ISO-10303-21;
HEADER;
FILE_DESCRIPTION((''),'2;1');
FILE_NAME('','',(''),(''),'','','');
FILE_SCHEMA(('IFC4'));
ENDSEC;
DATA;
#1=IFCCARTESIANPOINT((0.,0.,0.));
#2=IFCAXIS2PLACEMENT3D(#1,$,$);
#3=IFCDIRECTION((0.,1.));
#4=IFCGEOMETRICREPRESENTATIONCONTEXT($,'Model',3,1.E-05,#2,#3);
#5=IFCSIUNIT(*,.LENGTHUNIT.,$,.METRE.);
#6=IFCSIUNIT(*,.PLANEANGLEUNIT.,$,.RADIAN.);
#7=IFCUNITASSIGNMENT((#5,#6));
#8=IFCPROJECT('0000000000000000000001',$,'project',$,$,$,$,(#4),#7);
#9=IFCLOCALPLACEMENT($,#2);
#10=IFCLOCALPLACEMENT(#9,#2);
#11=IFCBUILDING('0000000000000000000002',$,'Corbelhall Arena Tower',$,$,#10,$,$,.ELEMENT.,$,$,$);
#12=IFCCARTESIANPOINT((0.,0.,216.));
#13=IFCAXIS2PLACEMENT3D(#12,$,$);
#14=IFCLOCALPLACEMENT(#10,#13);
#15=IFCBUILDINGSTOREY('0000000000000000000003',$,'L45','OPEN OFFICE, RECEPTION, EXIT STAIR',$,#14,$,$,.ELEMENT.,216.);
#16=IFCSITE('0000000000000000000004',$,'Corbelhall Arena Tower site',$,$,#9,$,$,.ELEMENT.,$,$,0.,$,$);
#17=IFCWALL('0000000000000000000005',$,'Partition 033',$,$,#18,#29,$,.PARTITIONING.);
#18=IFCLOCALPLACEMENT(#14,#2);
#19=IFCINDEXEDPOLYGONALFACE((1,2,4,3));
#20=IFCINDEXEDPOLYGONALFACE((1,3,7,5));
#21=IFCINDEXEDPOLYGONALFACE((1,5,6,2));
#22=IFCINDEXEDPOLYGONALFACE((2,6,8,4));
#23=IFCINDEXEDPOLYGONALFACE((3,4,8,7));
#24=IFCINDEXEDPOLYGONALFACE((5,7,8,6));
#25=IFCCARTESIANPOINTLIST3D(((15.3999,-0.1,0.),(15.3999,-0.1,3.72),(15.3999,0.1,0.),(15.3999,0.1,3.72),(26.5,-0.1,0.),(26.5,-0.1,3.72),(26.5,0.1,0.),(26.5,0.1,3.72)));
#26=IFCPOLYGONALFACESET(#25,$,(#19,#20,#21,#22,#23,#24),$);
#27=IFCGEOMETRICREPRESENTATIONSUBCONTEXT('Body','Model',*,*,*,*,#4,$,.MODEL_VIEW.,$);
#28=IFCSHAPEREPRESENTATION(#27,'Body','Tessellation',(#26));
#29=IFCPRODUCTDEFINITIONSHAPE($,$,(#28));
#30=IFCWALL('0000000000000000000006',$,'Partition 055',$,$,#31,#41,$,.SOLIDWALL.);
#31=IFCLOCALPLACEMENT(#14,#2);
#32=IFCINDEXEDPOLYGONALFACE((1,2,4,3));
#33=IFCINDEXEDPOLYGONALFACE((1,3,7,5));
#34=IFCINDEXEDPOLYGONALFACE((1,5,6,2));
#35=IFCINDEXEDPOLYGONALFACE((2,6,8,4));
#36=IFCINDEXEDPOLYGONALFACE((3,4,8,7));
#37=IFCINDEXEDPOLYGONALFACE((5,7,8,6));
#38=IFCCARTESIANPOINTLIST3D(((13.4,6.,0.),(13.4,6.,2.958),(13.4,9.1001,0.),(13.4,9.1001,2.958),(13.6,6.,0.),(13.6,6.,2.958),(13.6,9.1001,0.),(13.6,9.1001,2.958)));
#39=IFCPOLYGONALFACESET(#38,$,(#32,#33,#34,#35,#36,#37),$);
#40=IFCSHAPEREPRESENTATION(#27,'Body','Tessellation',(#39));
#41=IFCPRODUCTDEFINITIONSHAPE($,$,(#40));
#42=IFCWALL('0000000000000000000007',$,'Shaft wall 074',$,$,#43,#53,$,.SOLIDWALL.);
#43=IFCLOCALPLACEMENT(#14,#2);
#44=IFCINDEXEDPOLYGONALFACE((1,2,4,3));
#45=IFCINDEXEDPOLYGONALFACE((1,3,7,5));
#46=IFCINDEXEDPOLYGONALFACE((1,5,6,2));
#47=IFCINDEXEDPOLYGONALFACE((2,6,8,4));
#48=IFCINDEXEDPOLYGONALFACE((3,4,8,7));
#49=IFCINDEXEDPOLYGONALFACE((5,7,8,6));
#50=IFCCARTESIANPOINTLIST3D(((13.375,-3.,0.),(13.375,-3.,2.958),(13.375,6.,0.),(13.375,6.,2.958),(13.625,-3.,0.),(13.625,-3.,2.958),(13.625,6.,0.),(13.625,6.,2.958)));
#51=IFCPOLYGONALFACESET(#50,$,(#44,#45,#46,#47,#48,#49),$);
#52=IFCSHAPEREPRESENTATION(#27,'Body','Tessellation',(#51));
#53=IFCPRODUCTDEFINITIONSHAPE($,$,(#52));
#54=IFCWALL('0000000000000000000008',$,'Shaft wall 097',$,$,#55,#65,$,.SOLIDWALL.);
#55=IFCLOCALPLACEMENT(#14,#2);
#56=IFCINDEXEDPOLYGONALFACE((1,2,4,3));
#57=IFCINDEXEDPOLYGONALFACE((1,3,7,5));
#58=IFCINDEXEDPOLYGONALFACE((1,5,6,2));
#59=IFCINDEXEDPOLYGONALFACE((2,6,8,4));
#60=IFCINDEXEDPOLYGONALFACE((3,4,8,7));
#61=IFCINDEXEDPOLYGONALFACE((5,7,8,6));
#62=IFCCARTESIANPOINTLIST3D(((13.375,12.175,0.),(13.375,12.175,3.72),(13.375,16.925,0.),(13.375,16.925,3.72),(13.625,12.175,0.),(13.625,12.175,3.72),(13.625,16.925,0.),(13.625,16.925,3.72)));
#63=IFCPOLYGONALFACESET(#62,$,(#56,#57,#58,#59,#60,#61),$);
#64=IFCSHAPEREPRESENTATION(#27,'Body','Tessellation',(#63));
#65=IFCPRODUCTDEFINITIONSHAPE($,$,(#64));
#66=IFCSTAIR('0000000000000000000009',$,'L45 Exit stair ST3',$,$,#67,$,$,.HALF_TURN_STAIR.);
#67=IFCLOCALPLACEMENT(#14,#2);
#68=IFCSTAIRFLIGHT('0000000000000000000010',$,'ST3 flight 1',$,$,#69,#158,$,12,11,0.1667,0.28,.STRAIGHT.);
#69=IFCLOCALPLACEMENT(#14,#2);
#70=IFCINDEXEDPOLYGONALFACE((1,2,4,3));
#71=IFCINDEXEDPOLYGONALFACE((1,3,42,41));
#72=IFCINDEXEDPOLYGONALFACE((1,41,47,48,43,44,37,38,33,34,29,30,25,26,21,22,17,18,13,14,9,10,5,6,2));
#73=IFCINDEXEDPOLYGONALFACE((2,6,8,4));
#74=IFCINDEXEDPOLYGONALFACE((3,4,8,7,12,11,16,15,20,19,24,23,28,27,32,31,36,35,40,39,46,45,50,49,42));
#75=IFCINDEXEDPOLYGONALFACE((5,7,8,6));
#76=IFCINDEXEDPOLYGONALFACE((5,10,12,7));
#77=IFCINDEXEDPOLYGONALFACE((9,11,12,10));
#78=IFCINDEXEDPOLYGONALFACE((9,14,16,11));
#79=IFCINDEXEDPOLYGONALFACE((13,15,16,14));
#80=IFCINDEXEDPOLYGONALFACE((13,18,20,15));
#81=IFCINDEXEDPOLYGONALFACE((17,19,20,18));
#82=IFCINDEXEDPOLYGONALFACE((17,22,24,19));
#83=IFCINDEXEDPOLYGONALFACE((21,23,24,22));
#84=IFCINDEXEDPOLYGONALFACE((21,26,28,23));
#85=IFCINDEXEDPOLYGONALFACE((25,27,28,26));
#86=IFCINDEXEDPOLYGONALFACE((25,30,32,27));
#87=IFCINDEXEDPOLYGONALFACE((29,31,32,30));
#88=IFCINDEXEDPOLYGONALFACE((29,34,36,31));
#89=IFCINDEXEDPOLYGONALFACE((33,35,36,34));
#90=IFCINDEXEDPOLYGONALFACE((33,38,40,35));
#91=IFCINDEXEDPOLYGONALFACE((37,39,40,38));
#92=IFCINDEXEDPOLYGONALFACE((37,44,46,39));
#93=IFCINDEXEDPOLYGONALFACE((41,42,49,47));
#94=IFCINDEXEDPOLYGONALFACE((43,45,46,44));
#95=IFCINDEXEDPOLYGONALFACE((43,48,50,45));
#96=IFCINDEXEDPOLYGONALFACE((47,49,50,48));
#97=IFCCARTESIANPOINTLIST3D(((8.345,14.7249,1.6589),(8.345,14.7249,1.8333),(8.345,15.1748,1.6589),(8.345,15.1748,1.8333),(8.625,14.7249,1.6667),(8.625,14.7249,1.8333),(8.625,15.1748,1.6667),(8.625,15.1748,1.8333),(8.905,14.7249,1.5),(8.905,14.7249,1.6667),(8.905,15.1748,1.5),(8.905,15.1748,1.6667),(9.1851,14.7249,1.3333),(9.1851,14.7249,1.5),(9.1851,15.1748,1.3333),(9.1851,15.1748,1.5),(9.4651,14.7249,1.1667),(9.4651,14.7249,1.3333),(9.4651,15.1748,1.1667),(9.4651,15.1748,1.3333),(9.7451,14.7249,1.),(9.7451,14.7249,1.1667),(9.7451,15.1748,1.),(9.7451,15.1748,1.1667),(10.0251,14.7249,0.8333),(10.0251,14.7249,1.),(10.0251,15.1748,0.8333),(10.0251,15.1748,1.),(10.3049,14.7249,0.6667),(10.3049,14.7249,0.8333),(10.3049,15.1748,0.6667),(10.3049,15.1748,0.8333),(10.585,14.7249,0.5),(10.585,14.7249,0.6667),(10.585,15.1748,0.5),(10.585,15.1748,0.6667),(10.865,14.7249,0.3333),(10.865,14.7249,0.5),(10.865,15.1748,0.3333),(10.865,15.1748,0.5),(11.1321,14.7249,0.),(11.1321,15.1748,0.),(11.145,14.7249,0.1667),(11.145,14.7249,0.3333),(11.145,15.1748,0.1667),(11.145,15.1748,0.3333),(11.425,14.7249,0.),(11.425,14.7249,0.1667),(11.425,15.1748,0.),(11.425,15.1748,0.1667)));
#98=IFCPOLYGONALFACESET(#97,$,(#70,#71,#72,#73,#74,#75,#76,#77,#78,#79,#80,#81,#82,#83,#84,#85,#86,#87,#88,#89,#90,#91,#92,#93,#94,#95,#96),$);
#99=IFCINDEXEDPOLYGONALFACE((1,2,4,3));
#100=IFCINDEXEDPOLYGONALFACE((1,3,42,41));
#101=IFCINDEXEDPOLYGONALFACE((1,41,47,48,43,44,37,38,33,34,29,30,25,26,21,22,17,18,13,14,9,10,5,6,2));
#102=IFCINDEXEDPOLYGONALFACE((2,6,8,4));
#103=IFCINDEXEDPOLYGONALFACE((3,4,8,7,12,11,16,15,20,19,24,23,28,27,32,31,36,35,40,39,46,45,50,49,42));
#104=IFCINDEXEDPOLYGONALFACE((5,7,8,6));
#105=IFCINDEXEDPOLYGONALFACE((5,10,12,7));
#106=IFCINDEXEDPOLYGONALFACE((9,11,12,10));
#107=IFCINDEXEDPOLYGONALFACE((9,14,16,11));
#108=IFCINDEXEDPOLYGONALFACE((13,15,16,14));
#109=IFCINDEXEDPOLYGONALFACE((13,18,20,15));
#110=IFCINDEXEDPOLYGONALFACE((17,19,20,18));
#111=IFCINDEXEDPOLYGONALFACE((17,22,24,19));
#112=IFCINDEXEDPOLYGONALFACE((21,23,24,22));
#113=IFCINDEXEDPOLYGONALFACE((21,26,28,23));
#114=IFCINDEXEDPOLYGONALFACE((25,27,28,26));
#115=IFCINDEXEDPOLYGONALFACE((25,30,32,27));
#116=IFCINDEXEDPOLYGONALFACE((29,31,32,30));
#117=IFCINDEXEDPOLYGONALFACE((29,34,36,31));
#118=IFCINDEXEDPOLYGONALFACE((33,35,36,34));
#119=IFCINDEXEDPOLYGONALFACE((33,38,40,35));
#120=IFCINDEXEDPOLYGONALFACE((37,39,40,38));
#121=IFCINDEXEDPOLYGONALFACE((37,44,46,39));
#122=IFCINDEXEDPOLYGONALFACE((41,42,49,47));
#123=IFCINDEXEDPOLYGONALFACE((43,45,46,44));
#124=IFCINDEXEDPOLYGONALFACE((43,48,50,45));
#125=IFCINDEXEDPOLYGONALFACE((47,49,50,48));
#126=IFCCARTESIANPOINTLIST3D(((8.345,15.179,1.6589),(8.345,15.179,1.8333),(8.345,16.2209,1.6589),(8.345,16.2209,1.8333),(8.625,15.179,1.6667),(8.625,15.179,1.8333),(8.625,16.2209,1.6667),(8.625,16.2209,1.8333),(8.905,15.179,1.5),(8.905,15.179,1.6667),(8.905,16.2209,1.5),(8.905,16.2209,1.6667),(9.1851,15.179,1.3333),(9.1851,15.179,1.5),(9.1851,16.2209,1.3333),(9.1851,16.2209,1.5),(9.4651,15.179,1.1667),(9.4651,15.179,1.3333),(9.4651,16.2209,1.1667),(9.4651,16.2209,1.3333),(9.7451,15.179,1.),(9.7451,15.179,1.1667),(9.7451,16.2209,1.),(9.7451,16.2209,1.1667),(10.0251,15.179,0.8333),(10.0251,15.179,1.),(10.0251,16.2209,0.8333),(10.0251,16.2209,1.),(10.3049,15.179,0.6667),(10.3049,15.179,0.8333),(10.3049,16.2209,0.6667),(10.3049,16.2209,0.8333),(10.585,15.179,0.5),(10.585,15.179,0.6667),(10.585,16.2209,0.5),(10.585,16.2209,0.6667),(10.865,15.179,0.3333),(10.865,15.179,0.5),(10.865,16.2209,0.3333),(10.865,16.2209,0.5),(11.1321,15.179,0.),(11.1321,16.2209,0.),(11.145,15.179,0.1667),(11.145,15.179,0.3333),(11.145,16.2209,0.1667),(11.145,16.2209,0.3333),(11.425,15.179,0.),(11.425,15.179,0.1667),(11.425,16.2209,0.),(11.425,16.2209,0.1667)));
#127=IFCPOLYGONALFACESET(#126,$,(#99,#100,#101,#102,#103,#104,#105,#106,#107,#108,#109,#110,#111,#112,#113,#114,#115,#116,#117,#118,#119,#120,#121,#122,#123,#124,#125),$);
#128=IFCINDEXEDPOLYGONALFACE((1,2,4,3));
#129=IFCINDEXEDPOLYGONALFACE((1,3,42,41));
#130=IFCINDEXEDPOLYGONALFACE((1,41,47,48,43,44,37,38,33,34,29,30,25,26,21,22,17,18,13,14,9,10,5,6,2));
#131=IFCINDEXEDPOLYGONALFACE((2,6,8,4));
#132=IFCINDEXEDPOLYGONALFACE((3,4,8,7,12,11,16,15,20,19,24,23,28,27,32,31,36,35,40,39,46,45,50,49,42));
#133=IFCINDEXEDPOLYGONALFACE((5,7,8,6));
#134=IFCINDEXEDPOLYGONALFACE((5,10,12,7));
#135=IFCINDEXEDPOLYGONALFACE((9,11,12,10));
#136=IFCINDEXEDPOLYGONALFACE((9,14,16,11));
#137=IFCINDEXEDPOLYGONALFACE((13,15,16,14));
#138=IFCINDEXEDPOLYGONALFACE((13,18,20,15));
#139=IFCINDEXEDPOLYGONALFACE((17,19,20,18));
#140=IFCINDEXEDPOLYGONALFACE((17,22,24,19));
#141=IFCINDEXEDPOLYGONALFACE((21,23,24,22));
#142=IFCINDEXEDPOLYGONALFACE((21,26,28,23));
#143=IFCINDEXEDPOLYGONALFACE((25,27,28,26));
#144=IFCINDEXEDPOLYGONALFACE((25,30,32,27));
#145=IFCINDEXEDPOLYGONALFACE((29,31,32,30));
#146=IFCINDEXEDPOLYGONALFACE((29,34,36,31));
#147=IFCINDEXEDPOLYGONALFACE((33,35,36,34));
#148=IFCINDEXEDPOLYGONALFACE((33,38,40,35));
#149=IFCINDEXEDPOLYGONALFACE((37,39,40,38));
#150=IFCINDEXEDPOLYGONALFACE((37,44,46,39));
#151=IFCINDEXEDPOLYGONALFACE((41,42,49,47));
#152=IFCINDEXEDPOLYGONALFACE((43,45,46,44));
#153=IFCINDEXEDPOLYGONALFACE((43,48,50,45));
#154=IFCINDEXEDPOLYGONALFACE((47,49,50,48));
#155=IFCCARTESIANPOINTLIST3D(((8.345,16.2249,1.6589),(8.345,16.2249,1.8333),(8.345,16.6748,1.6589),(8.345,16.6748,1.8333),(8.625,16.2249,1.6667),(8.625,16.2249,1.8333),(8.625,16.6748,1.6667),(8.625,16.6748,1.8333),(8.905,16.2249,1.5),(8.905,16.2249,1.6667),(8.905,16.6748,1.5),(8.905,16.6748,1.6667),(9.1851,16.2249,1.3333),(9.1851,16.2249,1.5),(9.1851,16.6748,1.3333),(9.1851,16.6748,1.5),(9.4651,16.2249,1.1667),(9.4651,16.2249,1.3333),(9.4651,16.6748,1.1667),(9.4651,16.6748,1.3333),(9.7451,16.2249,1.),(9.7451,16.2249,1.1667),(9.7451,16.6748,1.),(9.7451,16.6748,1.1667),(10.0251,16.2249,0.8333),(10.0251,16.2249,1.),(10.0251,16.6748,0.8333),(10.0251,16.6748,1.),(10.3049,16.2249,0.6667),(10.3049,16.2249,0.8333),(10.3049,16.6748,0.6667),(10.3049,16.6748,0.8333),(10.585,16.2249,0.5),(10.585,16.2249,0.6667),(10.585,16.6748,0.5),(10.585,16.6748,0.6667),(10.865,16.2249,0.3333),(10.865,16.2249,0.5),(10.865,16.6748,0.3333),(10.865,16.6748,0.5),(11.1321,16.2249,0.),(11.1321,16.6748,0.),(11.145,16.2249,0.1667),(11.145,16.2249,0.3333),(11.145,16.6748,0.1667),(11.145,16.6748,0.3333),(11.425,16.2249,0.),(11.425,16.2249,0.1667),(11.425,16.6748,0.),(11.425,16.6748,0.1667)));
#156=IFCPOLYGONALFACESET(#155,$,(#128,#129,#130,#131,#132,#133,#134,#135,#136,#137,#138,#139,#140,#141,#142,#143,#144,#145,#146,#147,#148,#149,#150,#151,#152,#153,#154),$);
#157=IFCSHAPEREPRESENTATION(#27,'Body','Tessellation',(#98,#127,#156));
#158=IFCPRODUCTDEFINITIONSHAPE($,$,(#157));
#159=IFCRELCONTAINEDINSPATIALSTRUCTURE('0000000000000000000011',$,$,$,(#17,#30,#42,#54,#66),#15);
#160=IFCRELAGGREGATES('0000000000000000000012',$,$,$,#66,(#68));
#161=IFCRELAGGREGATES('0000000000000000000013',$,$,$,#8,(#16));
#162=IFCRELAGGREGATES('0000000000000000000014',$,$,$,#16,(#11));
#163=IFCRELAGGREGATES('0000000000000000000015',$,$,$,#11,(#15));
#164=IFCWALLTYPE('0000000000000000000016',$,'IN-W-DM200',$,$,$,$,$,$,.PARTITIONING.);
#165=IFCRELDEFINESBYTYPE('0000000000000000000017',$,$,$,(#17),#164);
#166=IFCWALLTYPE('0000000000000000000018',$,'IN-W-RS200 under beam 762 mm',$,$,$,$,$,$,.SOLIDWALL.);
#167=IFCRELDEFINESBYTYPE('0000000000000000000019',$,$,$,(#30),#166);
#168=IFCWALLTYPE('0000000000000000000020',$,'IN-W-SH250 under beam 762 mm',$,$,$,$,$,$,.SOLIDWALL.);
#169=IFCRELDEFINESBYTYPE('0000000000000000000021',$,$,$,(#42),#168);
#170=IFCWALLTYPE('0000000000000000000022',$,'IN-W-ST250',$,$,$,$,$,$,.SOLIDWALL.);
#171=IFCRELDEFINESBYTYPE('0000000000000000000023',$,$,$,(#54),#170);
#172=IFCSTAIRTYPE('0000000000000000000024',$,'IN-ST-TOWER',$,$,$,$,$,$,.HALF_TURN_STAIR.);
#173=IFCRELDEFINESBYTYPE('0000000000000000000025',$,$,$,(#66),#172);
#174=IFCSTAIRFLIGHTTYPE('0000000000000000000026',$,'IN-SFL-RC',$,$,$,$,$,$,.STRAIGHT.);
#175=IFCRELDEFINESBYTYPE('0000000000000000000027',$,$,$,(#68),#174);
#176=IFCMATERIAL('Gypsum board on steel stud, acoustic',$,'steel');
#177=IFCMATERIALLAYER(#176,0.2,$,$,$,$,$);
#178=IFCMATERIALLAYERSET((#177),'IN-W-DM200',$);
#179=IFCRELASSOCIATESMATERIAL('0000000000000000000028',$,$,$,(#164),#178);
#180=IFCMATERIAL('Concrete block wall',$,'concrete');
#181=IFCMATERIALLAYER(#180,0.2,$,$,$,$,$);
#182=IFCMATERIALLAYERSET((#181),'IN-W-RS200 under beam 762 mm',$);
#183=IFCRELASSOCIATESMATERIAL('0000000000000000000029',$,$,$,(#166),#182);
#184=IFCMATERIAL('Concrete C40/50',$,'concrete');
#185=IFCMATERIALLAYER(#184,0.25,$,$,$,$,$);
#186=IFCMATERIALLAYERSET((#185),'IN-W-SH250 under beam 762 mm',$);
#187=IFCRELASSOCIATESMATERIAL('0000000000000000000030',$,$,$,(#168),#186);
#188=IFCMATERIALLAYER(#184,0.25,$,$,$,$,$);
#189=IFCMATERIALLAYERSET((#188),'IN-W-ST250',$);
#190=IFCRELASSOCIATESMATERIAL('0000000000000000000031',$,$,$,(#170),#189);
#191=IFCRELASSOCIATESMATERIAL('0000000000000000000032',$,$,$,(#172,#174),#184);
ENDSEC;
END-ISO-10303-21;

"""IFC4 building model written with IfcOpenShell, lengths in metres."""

from ifc_helpers import new_model, si_unit, direction, frame, frame_2d, origin, place, context, subcontext, project, spatial, polyline, rectangle, outline, extrude, material, layer, layer_set, type_object, element, aggregate, save


model = new_model("IFC4")

# Units and contexts
model_context = context("Model", 3, precision=1e-05, world=origin(), true_north=direction((0.0, 1.0)))
body_context = subcontext(model_context, "Body", "Model", "MODEL_VIEW")
ifc_project = project(units=[si_unit("LENGTHUNIT", "METRE"), si_unit("PLANEANGLEUNIT", "RADIAN")], contexts=[model_context])

# Site, building, storey
site_placement = place(None, origin())
site = spatial("IfcSite", under=ifc_project, at=site_placement, Name="Corbelhall Arena Tower site", CompositionType="ELEMENT", RefElevation=0.0)
building_placement = place(site_placement, origin())
building = spatial("IfcBuilding", under=site, at=building_placement, Name="Corbelhall Arena Tower", CompositionType="ELEMENT")
storey_placement = place(building_placement, frame((0.0, 0.0, 216.0)))
storey = spatial("IfcBuildingStorey", under=building, at=storey_placement, Name="L45", Description="OPEN OFFICE, RECEPTION, EXIT STAIR", CompositionType="ELEMENT", Elevation=216.0)

# Shared definitions
ifc_material_1 = material(Name="Gypsum board on steel stud, acoustic", Category="steel")
ifc_layer_1 = layer(ifc_material_1, 0.2)
ifc_layer_set_1 = layer_set([ifc_layer_1], Name="IN-W-DM200")
wall_type_1 = type_object("IfcWallType", Name="IN-W-DM200", PredefinedType="PARTITIONING", material=ifc_layer_set_1)

# Wall
wall_1_placement = place(storey_placement, frame((26.5, 0.0, 0.0), z_axis=(0.0, 0.0, 1.0), x_axis=(-1.0, 0.0, 0.0)))
element("IfcWall", 1, at=wall_1_placement, inside=storey, type_object=wall_type_1, Name="Partition 033", PredefinedType="PARTITIONING", context=body_context, shape_type="SweptSolid", body=[
    extrude(rectangle(XDim=11.1001, YDim=0.2, at=frame_2d((5.55, 0.0))), origin(), (0.0, 0.0, 1.0), 3.72),
])

# Shared definitions
ifc_material_2 = material(Name="Concrete block wall", Category="concrete")

# Walls
ifc_layer_2 = layer(ifc_material_2, 0.2)
ifc_layer_set_2 = layer_set([ifc_layer_2], Name="IN-W-RS200 under beam 762 mm")
wall_type_2 = type_object("IfcWallType", Name="IN-W-RS200 under beam 762 mm", PredefinedType="SOLIDWALL", material=ifc_layer_set_2)
wall_2_placement = place(storey_placement, frame((13.5, 9.1001, 0.0), z_axis=(0.0, 0.0, 1.0), x_axis=(0.0, -1.0, 0.0)))
element("IfcWall", 2, at=wall_2_placement, inside=storey, type_object=wall_type_2, Name="Partition 055", PredefinedType="SOLIDWALL", context=body_context, shape_type="SweptSolid", body=[
    extrude(rectangle(XDim=3.1001, YDim=0.2, at=frame_2d((1.55, 0.0))), origin(), (0.0, 0.0, 1.0), 2.958),
])
ifc_material_3 = material(Name="Concrete C40/50", Category="concrete")
ifc_layer_3 = layer(ifc_material_3, 0.25)
ifc_layer_set_3 = layer_set([ifc_layer_3], Name="IN-W-SH250 under beam 762 mm")
wall_type_3 = type_object("IfcWallType", Name="IN-W-SH250 under beam 762 mm", PredefinedType="SOLIDWALL", material=ifc_layer_set_3)
wall_3_placement = place(storey_placement, frame((13.5, 6.0, 0.0), z_axis=(0.0, 0.0, 1.0), x_axis=(0.0, -1.0, 0.0)))
element("IfcWall", 3, at=wall_3_placement, inside=storey, type_object=wall_type_3, Name="Shaft wall 074", PredefinedType="SOLIDWALL", context=body_context, shape_type="SweptSolid", body=[
    extrude(rectangle(XDim=9.0, YDim=0.25, at=frame_2d((4.5, 0.0))), origin(), (0.0, 0.0, 1.0), 2.958),
])
ifc_layer_4 = layer(ifc_material_3, 0.25)
ifc_layer_set_4 = layer_set([ifc_layer_4], Name="IN-W-ST250")
wall_type_4 = type_object("IfcWallType", Name="IN-W-ST250", PredefinedType="SOLIDWALL", material=ifc_layer_set_4)
wall_4_placement = place(storey_placement, frame((13.5, 12.175, 0.0), z_axis=(0.0, 0.0, 1.0), x_axis=(0.0, 1.0, 0.0)))
element("IfcWall", 4, at=wall_4_placement, inside=storey, type_object=wall_type_4, Name="Shaft wall 097", PredefinedType="SOLIDWALL", context=body_context, shape_type="SweptSolid", body=[
    extrude(rectangle(XDim=4.75, YDim=0.25, at=frame_2d((2.375, 0.0))), origin(), (0.0, 0.0, 1.0), 3.72),
])

# Stair, stair flight
stair_type = type_object("IfcStairType", Name="IN-ST-TOWER", PredefinedType="HALF_TURN_STAIR", material=ifc_material_3)
stair_placement = place(storey_placement, origin())
stair = element("IfcStair", 5, at=stair_placement, inside=storey, type_object=stair_type, Name="L45 Exit stair ST3", PredefinedType="HALF_TURN_STAIR")
stair_flight_type = type_object("IfcStairFlightType", Name="IN-SFL-RC", PredefinedType="STRAIGHT", material=ifc_material_3)
stair_flight_placement = place(storey_placement, frame((11.425, 15.7, 0.0), z_axis=(0.0, 0.0, 1.0), x_axis=(-1.0, 0.0, 0.0)))
stair_flight = element("IfcStairFlight", 6, at=stair_flight_placement, type_object=stair_flight_type, Name="ST3 flight 1", NumberOfRisers=12, NumberOfTreads=11, PredefinedType="STRAIGHT", RiserHeight=0.1667, TreadLength=0.28, context=body_context, shape_type="SweptSolid", body=[
    extrude(outline(polyline([(0.0, 0.0), (0.0, 0.1667), (0.28, 0.1667), (0.28, 0.3333), (0.5601, 0.3333), (0.5601, 0.5), (0.8401, 0.5), (0.8401, 0.6667), (1.1201, 0.6667), (1.1201, 0.8333), (1.3999, 0.8333), (1.3999, 1.0), (1.6799, 1.0), (1.6799, 1.1667), (1.96, 1.1667), (1.96, 1.3333), (2.24, 1.3333), (2.24, 1.5), (2.52, 1.5), (2.52, 1.6667), (2.8, 1.6667), (2.8, 1.8333), (3.0801, 1.8333), (3.0801, 2.0), (3.0801, 1.6589), (0.293, 0.0), (0.0, 0.0)])), frame((0.0, 0.9751, 0.0), z_axis=(0.0, -1.0, 0.0), x_axis=(1.0, 0.0, 0.0)), (0.0, 0.0, 1.0), 0.45),
    extrude(outline(polyline([(0.0, 0.0), (0.0, 0.1667), (0.28, 0.1667), (0.28, 0.3333), (0.5601, 0.3333), (0.5601, 0.5), (0.8401, 0.5), (0.8401, 0.6667), (1.1201, 0.6667), (1.1201, 0.8333), (1.3999, 0.8333), (1.3999, 1.0), (1.6799, 1.0), (1.6799, 1.1667), (1.96, 1.1667), (1.96, 1.3333), (2.24, 1.3333), (2.24, 1.5), (2.52, 1.5), (2.52, 1.6667), (2.8, 1.6667), (2.8, 1.8333), (3.0801, 1.8333), (3.0801, 2.0), (3.0801, 1.6589), (0.293, 0.0), (0.0, 0.0)])), frame((0.0, 0.521, 0.0), z_axis=(0.0, -1.0, 0.0), x_axis=(1.0, 0.0, 0.0)), (0.0, 0.0, 1.0), 1.042),
    extrude(outline(polyline([(0.0, 0.0), (0.0, 0.1667), (0.28, 0.1667), (0.28, 0.3333), (0.5601, 0.3333), (0.5601, 0.5), (0.8401, 0.5), (0.8401, 0.6667), (1.1201, 0.6667), (1.1201, 0.8333), (1.3999, 0.8333), (1.3999, 1.0), (1.6799, 1.0), (1.6799, 1.1667), (1.96, 1.1667), (1.96, 1.3333), (2.24, 1.3333), (2.24, 1.5), (2.52, 1.5), (2.52, 1.6667), (2.8, 1.6667), (2.8, 1.8333), (3.0801, 1.8333), (3.0801, 2.0), (3.0801, 1.6589), (0.293, 0.0), (0.0, 0.0)])), frame((0.0, -0.5249, 0.0), z_axis=(0.0, -1.0, 0.0), x_axis=(1.0, 0.0, 0.0)), (0.0, 0.0, 1.0), 0.45),
])
aggregate(stair, [stair_flight])

save(model, "model.ifc")
